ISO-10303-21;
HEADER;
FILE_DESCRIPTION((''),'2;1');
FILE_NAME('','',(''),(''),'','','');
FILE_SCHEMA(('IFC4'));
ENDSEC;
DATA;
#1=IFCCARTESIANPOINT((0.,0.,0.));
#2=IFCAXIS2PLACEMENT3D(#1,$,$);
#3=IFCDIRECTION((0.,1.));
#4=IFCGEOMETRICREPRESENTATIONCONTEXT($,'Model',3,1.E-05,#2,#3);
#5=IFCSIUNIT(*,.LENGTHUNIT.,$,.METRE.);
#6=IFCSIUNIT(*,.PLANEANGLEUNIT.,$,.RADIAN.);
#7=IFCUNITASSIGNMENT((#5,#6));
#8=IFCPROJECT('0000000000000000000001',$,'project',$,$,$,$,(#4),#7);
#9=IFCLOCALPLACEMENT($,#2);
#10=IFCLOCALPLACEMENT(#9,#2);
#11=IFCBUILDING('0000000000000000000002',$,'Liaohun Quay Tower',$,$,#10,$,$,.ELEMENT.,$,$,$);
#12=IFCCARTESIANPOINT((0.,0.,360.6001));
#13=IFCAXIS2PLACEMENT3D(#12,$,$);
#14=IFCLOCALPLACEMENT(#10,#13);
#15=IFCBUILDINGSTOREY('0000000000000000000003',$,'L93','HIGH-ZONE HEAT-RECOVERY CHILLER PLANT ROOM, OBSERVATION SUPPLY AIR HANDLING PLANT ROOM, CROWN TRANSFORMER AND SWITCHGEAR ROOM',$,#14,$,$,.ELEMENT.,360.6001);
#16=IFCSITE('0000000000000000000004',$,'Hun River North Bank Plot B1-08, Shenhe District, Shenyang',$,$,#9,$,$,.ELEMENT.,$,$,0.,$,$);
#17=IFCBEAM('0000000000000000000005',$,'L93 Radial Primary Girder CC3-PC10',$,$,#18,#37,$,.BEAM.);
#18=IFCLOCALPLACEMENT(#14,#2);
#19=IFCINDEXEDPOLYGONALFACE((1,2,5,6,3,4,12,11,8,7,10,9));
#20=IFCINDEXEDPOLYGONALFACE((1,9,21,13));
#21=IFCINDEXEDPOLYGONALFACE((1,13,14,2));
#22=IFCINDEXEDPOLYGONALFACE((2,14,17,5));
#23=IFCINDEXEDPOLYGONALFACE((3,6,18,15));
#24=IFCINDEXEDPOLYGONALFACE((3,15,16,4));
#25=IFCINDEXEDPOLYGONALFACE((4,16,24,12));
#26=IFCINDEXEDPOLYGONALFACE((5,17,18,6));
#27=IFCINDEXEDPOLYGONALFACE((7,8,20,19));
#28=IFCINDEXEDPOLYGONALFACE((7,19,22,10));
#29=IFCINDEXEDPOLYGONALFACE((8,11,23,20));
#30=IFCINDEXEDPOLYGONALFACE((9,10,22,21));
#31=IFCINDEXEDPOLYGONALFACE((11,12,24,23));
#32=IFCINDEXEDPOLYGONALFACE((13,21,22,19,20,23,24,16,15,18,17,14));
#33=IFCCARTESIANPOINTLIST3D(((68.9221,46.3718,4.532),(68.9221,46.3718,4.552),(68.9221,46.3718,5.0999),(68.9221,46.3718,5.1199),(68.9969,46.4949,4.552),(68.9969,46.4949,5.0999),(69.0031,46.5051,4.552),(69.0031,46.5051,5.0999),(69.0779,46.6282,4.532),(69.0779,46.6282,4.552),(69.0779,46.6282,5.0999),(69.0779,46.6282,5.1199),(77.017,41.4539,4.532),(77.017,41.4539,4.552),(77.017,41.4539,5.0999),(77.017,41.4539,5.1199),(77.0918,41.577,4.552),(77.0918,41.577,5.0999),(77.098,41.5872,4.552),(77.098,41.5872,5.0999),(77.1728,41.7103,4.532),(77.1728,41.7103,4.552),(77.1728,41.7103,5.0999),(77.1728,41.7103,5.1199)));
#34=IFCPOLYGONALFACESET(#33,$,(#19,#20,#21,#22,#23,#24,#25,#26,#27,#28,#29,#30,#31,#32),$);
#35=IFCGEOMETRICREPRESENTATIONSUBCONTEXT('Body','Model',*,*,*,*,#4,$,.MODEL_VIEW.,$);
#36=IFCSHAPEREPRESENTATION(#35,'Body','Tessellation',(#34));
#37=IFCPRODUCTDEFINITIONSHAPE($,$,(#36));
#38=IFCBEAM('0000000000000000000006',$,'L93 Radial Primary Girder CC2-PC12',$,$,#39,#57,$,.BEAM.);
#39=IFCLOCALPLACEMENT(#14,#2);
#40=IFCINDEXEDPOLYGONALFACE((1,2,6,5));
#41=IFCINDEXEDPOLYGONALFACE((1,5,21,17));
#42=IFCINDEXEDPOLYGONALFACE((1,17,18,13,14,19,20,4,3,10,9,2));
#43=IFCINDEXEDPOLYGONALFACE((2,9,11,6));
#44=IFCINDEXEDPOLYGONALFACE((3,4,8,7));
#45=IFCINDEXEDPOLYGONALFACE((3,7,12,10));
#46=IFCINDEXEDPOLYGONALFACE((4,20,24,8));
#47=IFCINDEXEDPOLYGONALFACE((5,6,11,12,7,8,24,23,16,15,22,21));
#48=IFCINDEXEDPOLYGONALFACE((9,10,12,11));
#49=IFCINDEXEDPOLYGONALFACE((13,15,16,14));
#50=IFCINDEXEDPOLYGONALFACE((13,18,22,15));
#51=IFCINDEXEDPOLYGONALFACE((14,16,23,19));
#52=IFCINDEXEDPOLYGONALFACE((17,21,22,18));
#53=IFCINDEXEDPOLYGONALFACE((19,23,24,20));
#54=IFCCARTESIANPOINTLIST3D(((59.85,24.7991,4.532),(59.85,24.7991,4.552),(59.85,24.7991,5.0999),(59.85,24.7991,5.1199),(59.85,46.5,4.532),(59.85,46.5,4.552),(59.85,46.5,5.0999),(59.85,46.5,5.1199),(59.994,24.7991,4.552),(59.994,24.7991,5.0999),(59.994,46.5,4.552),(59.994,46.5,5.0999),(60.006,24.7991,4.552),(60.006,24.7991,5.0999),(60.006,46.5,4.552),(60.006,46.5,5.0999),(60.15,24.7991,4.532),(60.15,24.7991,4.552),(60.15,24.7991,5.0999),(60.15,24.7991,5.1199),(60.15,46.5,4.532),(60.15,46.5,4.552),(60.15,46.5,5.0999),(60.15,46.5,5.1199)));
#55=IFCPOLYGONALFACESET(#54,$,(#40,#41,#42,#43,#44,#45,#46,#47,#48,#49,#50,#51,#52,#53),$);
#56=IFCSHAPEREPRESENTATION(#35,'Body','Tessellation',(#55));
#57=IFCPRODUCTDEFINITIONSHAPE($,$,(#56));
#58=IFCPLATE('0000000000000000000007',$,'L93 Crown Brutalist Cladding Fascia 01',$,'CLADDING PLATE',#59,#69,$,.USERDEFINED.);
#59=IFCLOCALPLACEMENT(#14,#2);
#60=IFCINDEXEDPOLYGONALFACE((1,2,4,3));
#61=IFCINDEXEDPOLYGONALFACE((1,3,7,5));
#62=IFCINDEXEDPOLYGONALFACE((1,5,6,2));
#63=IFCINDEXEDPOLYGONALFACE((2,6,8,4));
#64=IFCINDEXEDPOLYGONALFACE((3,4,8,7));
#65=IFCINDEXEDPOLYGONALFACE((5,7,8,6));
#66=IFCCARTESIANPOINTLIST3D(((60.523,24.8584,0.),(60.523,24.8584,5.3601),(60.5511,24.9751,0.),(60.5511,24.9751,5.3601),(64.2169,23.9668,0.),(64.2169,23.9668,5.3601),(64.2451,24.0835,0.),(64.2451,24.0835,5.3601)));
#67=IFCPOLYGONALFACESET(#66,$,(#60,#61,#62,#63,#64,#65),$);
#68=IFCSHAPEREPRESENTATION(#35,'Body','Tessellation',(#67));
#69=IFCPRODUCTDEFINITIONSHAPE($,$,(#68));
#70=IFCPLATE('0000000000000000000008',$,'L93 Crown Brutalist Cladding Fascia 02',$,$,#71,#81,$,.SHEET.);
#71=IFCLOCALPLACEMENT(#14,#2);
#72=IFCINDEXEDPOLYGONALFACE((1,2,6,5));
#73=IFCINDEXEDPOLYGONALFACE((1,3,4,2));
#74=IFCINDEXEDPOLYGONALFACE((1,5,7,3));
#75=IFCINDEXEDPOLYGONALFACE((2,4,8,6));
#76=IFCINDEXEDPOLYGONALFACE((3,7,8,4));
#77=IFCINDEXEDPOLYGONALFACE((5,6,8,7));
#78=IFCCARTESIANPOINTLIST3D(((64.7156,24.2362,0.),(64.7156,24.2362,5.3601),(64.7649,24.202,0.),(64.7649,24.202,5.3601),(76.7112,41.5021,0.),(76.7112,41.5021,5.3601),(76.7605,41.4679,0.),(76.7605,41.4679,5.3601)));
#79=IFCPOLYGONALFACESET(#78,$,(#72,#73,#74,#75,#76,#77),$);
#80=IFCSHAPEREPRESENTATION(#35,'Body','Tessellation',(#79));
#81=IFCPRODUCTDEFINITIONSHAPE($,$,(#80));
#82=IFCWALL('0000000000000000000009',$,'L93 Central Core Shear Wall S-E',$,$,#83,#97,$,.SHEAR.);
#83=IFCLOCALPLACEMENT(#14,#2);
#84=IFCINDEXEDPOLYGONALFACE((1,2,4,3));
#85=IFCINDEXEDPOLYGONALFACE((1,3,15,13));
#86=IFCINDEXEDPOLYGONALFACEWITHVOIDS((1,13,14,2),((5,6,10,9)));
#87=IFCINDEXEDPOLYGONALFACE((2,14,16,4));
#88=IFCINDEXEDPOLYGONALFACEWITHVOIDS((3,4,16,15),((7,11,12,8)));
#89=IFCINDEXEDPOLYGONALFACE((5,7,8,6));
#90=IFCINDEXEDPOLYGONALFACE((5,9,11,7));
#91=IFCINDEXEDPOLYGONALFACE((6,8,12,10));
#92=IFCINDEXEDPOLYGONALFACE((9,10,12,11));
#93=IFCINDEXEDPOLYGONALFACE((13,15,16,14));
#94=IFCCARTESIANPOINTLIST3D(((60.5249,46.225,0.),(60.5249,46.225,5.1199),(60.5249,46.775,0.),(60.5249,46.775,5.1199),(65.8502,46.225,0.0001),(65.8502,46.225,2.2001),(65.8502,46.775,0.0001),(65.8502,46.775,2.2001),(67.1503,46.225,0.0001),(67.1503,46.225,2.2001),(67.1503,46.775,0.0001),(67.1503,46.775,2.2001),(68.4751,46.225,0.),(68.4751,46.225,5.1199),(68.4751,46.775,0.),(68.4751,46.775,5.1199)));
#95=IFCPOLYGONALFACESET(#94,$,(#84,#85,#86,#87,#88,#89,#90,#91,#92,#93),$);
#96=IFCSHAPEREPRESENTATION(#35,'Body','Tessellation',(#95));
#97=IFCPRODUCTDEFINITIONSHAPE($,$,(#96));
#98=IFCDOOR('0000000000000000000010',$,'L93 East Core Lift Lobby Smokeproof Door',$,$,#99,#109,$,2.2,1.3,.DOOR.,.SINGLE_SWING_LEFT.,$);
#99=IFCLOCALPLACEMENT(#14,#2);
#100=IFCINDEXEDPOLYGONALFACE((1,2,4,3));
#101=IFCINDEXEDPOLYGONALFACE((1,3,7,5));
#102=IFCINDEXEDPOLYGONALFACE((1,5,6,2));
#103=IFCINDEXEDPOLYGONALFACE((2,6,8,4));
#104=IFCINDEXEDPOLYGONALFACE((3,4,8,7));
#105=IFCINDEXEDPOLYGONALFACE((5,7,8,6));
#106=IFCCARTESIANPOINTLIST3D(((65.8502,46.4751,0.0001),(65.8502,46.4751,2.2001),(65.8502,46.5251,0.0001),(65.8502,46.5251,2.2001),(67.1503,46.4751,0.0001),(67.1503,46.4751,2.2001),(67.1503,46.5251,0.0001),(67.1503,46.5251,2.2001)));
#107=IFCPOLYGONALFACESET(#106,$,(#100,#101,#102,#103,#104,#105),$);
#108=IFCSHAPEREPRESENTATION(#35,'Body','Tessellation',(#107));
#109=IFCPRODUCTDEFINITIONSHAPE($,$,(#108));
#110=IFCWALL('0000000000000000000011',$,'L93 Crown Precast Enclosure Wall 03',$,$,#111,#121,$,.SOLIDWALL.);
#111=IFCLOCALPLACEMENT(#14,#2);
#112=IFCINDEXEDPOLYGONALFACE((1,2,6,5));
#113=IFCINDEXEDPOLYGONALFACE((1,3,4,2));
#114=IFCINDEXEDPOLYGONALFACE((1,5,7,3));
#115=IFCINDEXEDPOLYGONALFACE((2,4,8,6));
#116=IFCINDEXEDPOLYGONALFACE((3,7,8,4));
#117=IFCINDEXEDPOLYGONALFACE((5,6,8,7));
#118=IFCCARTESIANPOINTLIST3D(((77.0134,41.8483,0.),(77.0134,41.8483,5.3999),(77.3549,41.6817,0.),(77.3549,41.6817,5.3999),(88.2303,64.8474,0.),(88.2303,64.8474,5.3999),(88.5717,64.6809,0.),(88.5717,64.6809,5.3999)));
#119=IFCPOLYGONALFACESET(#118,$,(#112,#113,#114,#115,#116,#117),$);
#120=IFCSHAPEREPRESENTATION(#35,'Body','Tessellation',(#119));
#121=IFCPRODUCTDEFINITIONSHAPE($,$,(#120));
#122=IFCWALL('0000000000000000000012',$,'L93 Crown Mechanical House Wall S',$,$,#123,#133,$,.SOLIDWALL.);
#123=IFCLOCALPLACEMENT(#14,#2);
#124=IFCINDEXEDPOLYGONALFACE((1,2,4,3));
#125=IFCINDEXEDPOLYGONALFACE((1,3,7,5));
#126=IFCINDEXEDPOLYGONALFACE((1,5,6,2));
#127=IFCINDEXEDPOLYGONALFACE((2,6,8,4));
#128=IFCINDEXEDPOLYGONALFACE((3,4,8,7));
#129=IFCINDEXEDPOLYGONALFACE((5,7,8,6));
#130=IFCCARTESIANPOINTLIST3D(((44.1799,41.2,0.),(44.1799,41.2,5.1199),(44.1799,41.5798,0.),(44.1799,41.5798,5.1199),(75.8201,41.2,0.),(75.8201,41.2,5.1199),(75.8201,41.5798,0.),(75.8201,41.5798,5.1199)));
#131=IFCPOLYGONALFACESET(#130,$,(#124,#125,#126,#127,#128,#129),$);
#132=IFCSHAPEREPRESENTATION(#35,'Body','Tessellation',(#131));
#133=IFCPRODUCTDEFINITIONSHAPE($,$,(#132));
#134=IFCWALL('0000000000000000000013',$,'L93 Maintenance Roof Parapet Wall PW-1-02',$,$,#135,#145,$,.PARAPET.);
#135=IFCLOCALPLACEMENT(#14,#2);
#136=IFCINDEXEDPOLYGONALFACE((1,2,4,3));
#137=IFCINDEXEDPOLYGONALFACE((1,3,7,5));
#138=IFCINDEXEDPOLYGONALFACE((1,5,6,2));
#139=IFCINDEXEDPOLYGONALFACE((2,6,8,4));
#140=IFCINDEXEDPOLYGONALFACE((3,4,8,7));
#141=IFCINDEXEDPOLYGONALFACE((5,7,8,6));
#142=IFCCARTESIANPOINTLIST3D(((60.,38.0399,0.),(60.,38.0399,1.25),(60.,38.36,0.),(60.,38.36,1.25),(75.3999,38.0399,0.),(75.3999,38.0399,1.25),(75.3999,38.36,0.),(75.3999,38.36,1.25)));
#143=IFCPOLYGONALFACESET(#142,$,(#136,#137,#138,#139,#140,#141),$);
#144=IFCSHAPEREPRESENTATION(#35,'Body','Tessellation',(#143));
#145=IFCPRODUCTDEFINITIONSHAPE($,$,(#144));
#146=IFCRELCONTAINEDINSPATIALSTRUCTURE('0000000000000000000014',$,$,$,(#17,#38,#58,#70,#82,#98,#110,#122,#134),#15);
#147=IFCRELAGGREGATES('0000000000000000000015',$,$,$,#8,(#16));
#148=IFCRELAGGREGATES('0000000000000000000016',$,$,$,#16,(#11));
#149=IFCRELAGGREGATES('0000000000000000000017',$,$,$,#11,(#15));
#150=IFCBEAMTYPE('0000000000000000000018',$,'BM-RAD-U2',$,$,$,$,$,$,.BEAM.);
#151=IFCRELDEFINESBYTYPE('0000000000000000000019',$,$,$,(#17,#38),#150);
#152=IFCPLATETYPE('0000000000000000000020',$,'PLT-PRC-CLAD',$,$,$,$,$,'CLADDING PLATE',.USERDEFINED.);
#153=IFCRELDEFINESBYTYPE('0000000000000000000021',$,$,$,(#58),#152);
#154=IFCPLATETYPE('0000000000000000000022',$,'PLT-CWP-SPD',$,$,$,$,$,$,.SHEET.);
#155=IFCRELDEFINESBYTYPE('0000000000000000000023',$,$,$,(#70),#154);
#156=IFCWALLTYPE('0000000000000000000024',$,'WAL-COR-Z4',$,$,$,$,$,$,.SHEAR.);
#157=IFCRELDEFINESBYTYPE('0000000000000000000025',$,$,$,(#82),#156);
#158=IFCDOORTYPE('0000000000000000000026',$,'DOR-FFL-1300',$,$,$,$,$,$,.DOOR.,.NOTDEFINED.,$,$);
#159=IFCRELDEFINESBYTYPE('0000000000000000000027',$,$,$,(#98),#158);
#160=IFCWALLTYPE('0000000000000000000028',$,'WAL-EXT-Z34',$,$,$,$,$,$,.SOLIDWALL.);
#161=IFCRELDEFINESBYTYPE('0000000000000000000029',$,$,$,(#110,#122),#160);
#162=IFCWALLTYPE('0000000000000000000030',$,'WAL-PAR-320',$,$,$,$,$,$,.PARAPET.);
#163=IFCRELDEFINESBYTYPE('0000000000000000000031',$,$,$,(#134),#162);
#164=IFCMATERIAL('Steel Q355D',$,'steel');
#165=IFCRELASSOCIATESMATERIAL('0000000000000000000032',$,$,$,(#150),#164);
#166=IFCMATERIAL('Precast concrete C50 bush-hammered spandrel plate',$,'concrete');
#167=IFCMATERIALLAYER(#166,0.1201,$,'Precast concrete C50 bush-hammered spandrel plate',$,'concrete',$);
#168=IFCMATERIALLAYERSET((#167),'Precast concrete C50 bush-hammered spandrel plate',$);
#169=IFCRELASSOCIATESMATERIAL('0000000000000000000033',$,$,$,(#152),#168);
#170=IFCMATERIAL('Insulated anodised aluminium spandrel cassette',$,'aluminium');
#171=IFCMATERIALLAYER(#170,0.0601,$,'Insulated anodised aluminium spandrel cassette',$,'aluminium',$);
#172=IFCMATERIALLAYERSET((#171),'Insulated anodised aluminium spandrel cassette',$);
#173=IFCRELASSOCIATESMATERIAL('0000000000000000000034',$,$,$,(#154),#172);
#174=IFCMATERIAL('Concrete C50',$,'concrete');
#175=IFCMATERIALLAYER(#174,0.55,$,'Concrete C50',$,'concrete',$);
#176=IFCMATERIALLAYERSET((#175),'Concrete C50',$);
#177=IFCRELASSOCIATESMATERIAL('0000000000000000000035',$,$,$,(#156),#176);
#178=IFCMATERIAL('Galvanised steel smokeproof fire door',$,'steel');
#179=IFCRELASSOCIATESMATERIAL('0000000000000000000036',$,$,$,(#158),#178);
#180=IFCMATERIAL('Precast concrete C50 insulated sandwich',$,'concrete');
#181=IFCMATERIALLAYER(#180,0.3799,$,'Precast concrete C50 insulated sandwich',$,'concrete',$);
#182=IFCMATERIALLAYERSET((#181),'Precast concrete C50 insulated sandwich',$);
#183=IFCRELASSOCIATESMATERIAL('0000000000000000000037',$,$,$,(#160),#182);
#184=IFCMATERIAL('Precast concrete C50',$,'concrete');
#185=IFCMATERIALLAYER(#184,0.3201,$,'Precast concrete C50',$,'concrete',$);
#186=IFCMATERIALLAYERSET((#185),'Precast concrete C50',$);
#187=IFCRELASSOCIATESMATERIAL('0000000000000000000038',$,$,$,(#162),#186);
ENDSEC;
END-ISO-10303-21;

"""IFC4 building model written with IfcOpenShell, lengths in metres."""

from ifc_helpers import new_model, si_unit, direction, frame, frame_2d, origin, origin_2d, place, context, subcontext, project, spatial, rectangle, i_section, extrude, source, transform, mapped, material, layer, layer_set, material_profile, profile_set, type_object, element, fill, save


model = new_model("IFC4")

# Units and contexts
model_context = context("Model", 3, precision=1e-05, world=origin(), true_north=direction((0.0, 1.0)))
body_context = subcontext(model_context, "Body", "Model", "MODEL_VIEW")
ifc_project = project(units=[si_unit("LENGTHUNIT", "METRE"), si_unit("PLANEANGLEUNIT", "RADIAN")], contexts=[model_context])

# Site, building, storey
site_placement = place(None, origin())
site = spatial("IfcSite", under=ifc_project, at=site_placement, Name="Hun River North Bank Plot B1-08, Shenhe District, Shenyang", CompositionType="ELEMENT", RefElevation=0.0)
building_placement = place(site_placement, origin())
building = spatial("IfcBuilding", under=site, at=building_placement, Name="Liaohun Quay Tower", CompositionType="ELEMENT")
storey_placement = place(building_placement, frame((0.0, 0.0, 360.6001)))
storey = spatial("IfcBuildingStorey", under=building, at=storey_placement, Name="L93", Description="HIGH-ZONE HEAT-RECOVERY CHILLER PLANT ROOM, OBSERVATION SUPPLY AIR HANDLING PLANT ROOM, CROWN TRANSFORMER AND SWITCHGEAR ROOM", CompositionType="ELEMENT", Elevation=360.6001)

# Shared definitions
ifc_material_1 = material(Name="Concrete C50", Category="concrete")

# Beams
ifc_material_2 = material(Name="Steel Q355D", Category="steel")
ifc_material_profile_1 = material_profile(ifc_material_2, i_section(OverallWidth=0.3, OverallDepth=0.5879, WebThickness=0.012, FlangeThickness=0.02, at=origin_2d()), Name="HM588x300x12x20")
ifc_profile_set_1 = profile_set([ifc_material_profile_1], Name="Steel Q355D")
beam_type_1 = type_object("IfcBeamType", Name="BM-RAD-U2", PredefinedType="BEAM", material=ifc_profile_set_1)
shared_shape_1 = source(origin(), body_context, "Body", "SweptSolid", [
    extrude(i_section(OverallWidth=0.3, OverallDepth=0.5879, WebThickness=0.012, FlangeThickness=0.02, at=origin_2d()), origin(), (0.0, 0.0, 1.0), 9.4717),
])
beam_1_placement = place(storey_placement, frame((69.0, 46.5, 4.8259), z_axis=(0.854639, -0.519222, 0.0), x_axis=(0.519222, 0.854639, 0.0)))
element("IfcBeam", 1, at=beam_1_placement, inside=storey, type_object=beam_type_1, Name="L93 Radial Primary Girder CC3-PC10", PredefinedType="BEAM", context=body_context, shape_type="MappedRepresentation", body=[
    mapped(shared_shape_1, transform((0.0, 0.0, 0.0), x_axis=(1.0, 0.0, 0.0), y_axis=(0.0, 1.0, 0.0), z_axis=(0.0, 0.0, 1.0), scale=1.0)),
])
shared_shape_2 = source(origin(), body_context, "Body", "SweptSolid", [
    extrude(i_section(OverallWidth=0.3, OverallDepth=0.5879, WebThickness=0.012, FlangeThickness=0.02, at=origin_2d()), origin(), (0.0, 0.0, 1.0), 21.7009),
])
beam_2_placement = place(storey_placement, frame((60.0, 46.5, 4.8259), z_axis=(0.0, -1.0, 0.0), x_axis=(1.0, 0.0, 0.0)))
element("IfcBeam", 2, at=beam_2_placement, inside=storey, type_object=beam_type_1, Name="L93 Radial Primary Girder CC2-PC12", PredefinedType="BEAM", context=body_context, shape_type="MappedRepresentation", body=[
    mapped(shared_shape_2, transform((0.0, 0.0, 0.0), x_axis=(1.0, 0.0, 0.0), y_axis=(0.0, 1.0, 0.0), z_axis=(0.0, 0.0, 1.0), scale=1.0)),
])

# Plates
ifc_material_3 = material(Name="Precast concrete C50 bush-hammered spandrel plate", Category="concrete")
ifc_layer_1 = layer(ifc_material_3, 0.1201, Name="Precast concrete C50 bush-hammered spandrel plate", Category="concrete")
ifc_layer_set_1 = layer_set([ifc_layer_1], Name="Precast concrete C50 bush-hammered spandrel plate")
plate_type_1 = type_object("IfcPlateType", Name="PLT-PRC-CLAD", ElementType="CLADDING PLATE", PredefinedType="USERDEFINED", material=ifc_layer_set_1)
shared_shape_3 = source(origin(), body_context, "Body", "SweptSolid", [
    extrude(rectangle(XDim=3.8, YDim=0.1201, at=origin_2d()), origin(), (0.0, 0.0, 1.0), 5.3601),
])
plate_1_placement = place(storey_placement, frame((62.384, 24.4709, 0.0), z_axis=(0.0, 0.0, 1.0), x_axis=(0.972084, -0.234633, 0.0)))
element("IfcPlate", 3, at=plate_1_placement, inside=storey, type_object=plate_type_1, Name="L93 Crown Brutalist Cladding Fascia 01", ObjectType="CLADDING PLATE", PredefinedType="USERDEFINED", context=body_context, shape_type="MappedRepresentation", body=[
    mapped(shared_shape_3, transform((0.0, 0.0, 0.0), x_axis=(1.0, 0.0, 0.0), y_axis=(0.0, 1.0, 0.0), z_axis=(0.0, 0.0, 1.0), scale=1.0)),
])
ifc_material_4 = material(Name="Insulated anodised aluminium spandrel cassette", Category="aluminium")
ifc_layer_2 = layer(ifc_material_4, 0.0601, Name="Insulated anodised aluminium spandrel cassette", Category="aluminium")
ifc_layer_set_2 = layer_set([ifc_layer_2], Name="Insulated anodised aluminium spandrel cassette")
plate_type_2 = type_object("IfcPlateType", Name="PLT-CWP-SPD", PredefinedType="SHEET", material=ifc_layer_set_2)
shared_shape_4 = source(origin(), body_context, "Body", "SweptSolid", [
    extrude(rectangle(XDim=21.0239, YDim=0.0601, at=origin_2d()), origin(), (0.0, 0.0, 1.0), 5.3601),
])
plate_2_placement = place(storey_placement, frame((70.738, 32.8521, 0.0), z_axis=(0.0, 0.0, 1.0), x_axis=(0.57057, 0.821249, 0.0)))
element("IfcPlate", 4, at=plate_2_placement, inside=storey, type_object=plate_type_2, Name="L93 Crown Brutalist Cladding Fascia 02", PredefinedType="SHEET", context=body_context, shape_type="MappedRepresentation", body=[
    mapped(shared_shape_4, transform((0.0, 0.0, 0.0), x_axis=(1.0, 0.0, 0.0), y_axis=(0.0, 1.0, 0.0), z_axis=(0.0, 0.0, 1.0), scale=1.0)),
])

# Wall, opening, door
ifc_layer_3 = layer(ifc_material_1, 0.55, Name="Concrete C50", Category="concrete")
ifc_layer_set_3 = layer_set([ifc_layer_3], Name="Concrete C50")
wall_type_1 = type_object("IfcWallType", Name="WAL-COR-Z4", PredefinedType="SHEAR", material=ifc_layer_set_3)
wall_1_placement = place(storey_placement, frame((68.4751, 46.5, 0.0), z_axis=(0.0, 0.0, 1.0), x_axis=(-1.0, 0.0, 0.0)))
wall_1 = element("IfcWall", 5, at=wall_1_placement, inside=storey, type_object=wall_type_1, Name="L93 Central Core Shear Wall S-E", PredefinedType="SHEAR", context=body_context, shape_type="SweptSolid", body=[
    extrude(rectangle(XDim=7.9502, YDim=0.55, at=frame_2d((3.9751, 0.0))), origin(), (0.0, 0.0, 1.0), 5.1199),
])
shared_shape_5 = source(origin(), body_context, "Body", "SweptSolid", [
    extrude(rectangle(XDim=1.3, YDim=2.2, at=frame_2d((0.6499, 1.1001))), frame((0.0, 0.2849, 0.0), z_axis=(0.0, -1.0, 0.0), x_axis=(1.0, 0.0, 0.0)), (0.0, 0.0, 1.0), 0.5701),
])
opening_1_placement = place(wall_1_placement, frame((1.325, 0.0, 0.0)))
opening_1 = element("IfcOpeningElement", 6, at=opening_1_placement, cuts=wall_1, PredefinedType="OPENING", context=body_context, shape_type="MappedRepresentation", body=[
    mapped(shared_shape_5, transform((0.0, 0.0, 0.0), x_axis=(1.0, 0.0, 0.0), y_axis=(0.0, 1.0, 0.0), z_axis=(0.0, 0.0, 1.0), scale=1.0)),
])
ifc_material_5 = material(Name="Galvanised steel smokeproof fire door", Category="steel")
door_type_1 = type_object("IfcDoorType", Name="DOR-FFL-1300", OperationType="NOTDEFINED", PredefinedType="DOOR", material=ifc_material_5)
shared_shape_6 = source(origin(), body_context, "Body", "SweptSolid", [
    extrude(rectangle(XDim=1.3, YDim=2.2, at=frame_2d((0.6499, 1.1001))), frame((0.0, 0.0249, 0.0), z_axis=(0.0, -1.0, 0.0), x_axis=(1.0, 0.0, 0.0)), (0.0, 0.0, 1.0), 0.05),
])
door_1_placement = place(opening_1_placement, origin())
door_1 = element("IfcDoor", 7, at=door_1_placement, inside=storey, type_object=door_type_1, Name="L93 East Core Lift Lobby Smokeproof Door", OperationType="SINGLE_SWING_LEFT", OverallHeight=2.2, OverallWidth=1.3, PredefinedType="DOOR", context=body_context, shape_type="MappedRepresentation", body=[
    mapped(shared_shape_6, transform((0.0, 0.0, 0.0), x_axis=(1.0, 0.0, 0.0), y_axis=(0.0, 1.0, 0.0), z_axis=(0.0, 0.0, 1.0), scale=1.0)),
])
fill(opening_1, door_1)

# Walls
ifc_material_6 = material(Name="Precast concrete C50 insulated sandwich", Category="concrete")
ifc_layer_4 = layer(ifc_material_6, 0.3799, Name="Precast concrete C50 insulated sandwich", Category="concrete")
ifc_layer_set_4 = layer_set([ifc_layer_4], Name="Precast concrete C50 insulated sandwich")
wall_type_2 = type_object("IfcWallType", Name="WAL-EXT-Z34", PredefinedType="SOLIDWALL", material=ifc_layer_set_4)
wall_2_placement = place(storey_placement, frame((77.1841, 41.7649, 0.0), z_axis=(0.0, 0.0, 1.0), x_axis=(0.438353, 0.898803, 0.0)))
element("IfcWall", 8, at=wall_2_placement, inside=storey, type_object=wall_type_2, Name="L93 Crown Precast Enclosure Wall 03", PredefinedType="SOLIDWALL", context=body_context, shape_type="SweptSolid", body=[
    extrude(rectangle(XDim=25.5886, YDim=0.3799, at=frame_2d((12.7944, 0.0))), origin(), (0.0, 0.0, 1.0), 5.3999),
])
wall_3_placement = place(storey_placement, frame((75.8201, 41.3899, 0.0), z_axis=(0.0, 0.0, 1.0), x_axis=(-1.0, 0.0, 0.0)))
element("IfcWall", 9, at=wall_3_placement, inside=storey, type_object=wall_type_2, Name="L93 Crown Mechanical House Wall S", PredefinedType="SOLIDWALL", context=body_context, shape_type="SweptSolid", body=[
    extrude(rectangle(XDim=31.6401, YDim=0.3799, at=frame_2d((15.8201, 0.0))), origin(), (0.0, 0.0, 1.0), 5.1199),
])
ifc_material_7 = material(Name="Precast concrete C50", Category="concrete")
ifc_layer_5 = layer(ifc_material_7, 0.3201, Name="Precast concrete C50", Category="concrete")
ifc_layer_set_5 = layer_set([ifc_layer_5], Name="Precast concrete C50")
wall_type_3 = type_object("IfcWallType", Name="WAL-PAR-320", PredefinedType="PARAPET", material=ifc_layer_set_5)
wall_4_placement = place(storey_placement, frame((60.0, 38.2, 0.0), z_axis=(0.0, 0.0, 1.0), x_axis=(1.0, 0.0, 0.0)))
element("IfcWall", 10, at=wall_4_placement, inside=storey, type_object=wall_type_3, Name="L93 Maintenance Roof Parapet Wall PW-1-02", PredefinedType="PARAPET", context=body_context, shape_type="SweptSolid", body=[
    extrude(rectangle(XDim=15.3999, YDim=0.3201, at=frame_2d((7.7, 0.0))), origin(), (0.0, 0.0, 1.0), 1.25),
])

save(model, "model.ifc")
